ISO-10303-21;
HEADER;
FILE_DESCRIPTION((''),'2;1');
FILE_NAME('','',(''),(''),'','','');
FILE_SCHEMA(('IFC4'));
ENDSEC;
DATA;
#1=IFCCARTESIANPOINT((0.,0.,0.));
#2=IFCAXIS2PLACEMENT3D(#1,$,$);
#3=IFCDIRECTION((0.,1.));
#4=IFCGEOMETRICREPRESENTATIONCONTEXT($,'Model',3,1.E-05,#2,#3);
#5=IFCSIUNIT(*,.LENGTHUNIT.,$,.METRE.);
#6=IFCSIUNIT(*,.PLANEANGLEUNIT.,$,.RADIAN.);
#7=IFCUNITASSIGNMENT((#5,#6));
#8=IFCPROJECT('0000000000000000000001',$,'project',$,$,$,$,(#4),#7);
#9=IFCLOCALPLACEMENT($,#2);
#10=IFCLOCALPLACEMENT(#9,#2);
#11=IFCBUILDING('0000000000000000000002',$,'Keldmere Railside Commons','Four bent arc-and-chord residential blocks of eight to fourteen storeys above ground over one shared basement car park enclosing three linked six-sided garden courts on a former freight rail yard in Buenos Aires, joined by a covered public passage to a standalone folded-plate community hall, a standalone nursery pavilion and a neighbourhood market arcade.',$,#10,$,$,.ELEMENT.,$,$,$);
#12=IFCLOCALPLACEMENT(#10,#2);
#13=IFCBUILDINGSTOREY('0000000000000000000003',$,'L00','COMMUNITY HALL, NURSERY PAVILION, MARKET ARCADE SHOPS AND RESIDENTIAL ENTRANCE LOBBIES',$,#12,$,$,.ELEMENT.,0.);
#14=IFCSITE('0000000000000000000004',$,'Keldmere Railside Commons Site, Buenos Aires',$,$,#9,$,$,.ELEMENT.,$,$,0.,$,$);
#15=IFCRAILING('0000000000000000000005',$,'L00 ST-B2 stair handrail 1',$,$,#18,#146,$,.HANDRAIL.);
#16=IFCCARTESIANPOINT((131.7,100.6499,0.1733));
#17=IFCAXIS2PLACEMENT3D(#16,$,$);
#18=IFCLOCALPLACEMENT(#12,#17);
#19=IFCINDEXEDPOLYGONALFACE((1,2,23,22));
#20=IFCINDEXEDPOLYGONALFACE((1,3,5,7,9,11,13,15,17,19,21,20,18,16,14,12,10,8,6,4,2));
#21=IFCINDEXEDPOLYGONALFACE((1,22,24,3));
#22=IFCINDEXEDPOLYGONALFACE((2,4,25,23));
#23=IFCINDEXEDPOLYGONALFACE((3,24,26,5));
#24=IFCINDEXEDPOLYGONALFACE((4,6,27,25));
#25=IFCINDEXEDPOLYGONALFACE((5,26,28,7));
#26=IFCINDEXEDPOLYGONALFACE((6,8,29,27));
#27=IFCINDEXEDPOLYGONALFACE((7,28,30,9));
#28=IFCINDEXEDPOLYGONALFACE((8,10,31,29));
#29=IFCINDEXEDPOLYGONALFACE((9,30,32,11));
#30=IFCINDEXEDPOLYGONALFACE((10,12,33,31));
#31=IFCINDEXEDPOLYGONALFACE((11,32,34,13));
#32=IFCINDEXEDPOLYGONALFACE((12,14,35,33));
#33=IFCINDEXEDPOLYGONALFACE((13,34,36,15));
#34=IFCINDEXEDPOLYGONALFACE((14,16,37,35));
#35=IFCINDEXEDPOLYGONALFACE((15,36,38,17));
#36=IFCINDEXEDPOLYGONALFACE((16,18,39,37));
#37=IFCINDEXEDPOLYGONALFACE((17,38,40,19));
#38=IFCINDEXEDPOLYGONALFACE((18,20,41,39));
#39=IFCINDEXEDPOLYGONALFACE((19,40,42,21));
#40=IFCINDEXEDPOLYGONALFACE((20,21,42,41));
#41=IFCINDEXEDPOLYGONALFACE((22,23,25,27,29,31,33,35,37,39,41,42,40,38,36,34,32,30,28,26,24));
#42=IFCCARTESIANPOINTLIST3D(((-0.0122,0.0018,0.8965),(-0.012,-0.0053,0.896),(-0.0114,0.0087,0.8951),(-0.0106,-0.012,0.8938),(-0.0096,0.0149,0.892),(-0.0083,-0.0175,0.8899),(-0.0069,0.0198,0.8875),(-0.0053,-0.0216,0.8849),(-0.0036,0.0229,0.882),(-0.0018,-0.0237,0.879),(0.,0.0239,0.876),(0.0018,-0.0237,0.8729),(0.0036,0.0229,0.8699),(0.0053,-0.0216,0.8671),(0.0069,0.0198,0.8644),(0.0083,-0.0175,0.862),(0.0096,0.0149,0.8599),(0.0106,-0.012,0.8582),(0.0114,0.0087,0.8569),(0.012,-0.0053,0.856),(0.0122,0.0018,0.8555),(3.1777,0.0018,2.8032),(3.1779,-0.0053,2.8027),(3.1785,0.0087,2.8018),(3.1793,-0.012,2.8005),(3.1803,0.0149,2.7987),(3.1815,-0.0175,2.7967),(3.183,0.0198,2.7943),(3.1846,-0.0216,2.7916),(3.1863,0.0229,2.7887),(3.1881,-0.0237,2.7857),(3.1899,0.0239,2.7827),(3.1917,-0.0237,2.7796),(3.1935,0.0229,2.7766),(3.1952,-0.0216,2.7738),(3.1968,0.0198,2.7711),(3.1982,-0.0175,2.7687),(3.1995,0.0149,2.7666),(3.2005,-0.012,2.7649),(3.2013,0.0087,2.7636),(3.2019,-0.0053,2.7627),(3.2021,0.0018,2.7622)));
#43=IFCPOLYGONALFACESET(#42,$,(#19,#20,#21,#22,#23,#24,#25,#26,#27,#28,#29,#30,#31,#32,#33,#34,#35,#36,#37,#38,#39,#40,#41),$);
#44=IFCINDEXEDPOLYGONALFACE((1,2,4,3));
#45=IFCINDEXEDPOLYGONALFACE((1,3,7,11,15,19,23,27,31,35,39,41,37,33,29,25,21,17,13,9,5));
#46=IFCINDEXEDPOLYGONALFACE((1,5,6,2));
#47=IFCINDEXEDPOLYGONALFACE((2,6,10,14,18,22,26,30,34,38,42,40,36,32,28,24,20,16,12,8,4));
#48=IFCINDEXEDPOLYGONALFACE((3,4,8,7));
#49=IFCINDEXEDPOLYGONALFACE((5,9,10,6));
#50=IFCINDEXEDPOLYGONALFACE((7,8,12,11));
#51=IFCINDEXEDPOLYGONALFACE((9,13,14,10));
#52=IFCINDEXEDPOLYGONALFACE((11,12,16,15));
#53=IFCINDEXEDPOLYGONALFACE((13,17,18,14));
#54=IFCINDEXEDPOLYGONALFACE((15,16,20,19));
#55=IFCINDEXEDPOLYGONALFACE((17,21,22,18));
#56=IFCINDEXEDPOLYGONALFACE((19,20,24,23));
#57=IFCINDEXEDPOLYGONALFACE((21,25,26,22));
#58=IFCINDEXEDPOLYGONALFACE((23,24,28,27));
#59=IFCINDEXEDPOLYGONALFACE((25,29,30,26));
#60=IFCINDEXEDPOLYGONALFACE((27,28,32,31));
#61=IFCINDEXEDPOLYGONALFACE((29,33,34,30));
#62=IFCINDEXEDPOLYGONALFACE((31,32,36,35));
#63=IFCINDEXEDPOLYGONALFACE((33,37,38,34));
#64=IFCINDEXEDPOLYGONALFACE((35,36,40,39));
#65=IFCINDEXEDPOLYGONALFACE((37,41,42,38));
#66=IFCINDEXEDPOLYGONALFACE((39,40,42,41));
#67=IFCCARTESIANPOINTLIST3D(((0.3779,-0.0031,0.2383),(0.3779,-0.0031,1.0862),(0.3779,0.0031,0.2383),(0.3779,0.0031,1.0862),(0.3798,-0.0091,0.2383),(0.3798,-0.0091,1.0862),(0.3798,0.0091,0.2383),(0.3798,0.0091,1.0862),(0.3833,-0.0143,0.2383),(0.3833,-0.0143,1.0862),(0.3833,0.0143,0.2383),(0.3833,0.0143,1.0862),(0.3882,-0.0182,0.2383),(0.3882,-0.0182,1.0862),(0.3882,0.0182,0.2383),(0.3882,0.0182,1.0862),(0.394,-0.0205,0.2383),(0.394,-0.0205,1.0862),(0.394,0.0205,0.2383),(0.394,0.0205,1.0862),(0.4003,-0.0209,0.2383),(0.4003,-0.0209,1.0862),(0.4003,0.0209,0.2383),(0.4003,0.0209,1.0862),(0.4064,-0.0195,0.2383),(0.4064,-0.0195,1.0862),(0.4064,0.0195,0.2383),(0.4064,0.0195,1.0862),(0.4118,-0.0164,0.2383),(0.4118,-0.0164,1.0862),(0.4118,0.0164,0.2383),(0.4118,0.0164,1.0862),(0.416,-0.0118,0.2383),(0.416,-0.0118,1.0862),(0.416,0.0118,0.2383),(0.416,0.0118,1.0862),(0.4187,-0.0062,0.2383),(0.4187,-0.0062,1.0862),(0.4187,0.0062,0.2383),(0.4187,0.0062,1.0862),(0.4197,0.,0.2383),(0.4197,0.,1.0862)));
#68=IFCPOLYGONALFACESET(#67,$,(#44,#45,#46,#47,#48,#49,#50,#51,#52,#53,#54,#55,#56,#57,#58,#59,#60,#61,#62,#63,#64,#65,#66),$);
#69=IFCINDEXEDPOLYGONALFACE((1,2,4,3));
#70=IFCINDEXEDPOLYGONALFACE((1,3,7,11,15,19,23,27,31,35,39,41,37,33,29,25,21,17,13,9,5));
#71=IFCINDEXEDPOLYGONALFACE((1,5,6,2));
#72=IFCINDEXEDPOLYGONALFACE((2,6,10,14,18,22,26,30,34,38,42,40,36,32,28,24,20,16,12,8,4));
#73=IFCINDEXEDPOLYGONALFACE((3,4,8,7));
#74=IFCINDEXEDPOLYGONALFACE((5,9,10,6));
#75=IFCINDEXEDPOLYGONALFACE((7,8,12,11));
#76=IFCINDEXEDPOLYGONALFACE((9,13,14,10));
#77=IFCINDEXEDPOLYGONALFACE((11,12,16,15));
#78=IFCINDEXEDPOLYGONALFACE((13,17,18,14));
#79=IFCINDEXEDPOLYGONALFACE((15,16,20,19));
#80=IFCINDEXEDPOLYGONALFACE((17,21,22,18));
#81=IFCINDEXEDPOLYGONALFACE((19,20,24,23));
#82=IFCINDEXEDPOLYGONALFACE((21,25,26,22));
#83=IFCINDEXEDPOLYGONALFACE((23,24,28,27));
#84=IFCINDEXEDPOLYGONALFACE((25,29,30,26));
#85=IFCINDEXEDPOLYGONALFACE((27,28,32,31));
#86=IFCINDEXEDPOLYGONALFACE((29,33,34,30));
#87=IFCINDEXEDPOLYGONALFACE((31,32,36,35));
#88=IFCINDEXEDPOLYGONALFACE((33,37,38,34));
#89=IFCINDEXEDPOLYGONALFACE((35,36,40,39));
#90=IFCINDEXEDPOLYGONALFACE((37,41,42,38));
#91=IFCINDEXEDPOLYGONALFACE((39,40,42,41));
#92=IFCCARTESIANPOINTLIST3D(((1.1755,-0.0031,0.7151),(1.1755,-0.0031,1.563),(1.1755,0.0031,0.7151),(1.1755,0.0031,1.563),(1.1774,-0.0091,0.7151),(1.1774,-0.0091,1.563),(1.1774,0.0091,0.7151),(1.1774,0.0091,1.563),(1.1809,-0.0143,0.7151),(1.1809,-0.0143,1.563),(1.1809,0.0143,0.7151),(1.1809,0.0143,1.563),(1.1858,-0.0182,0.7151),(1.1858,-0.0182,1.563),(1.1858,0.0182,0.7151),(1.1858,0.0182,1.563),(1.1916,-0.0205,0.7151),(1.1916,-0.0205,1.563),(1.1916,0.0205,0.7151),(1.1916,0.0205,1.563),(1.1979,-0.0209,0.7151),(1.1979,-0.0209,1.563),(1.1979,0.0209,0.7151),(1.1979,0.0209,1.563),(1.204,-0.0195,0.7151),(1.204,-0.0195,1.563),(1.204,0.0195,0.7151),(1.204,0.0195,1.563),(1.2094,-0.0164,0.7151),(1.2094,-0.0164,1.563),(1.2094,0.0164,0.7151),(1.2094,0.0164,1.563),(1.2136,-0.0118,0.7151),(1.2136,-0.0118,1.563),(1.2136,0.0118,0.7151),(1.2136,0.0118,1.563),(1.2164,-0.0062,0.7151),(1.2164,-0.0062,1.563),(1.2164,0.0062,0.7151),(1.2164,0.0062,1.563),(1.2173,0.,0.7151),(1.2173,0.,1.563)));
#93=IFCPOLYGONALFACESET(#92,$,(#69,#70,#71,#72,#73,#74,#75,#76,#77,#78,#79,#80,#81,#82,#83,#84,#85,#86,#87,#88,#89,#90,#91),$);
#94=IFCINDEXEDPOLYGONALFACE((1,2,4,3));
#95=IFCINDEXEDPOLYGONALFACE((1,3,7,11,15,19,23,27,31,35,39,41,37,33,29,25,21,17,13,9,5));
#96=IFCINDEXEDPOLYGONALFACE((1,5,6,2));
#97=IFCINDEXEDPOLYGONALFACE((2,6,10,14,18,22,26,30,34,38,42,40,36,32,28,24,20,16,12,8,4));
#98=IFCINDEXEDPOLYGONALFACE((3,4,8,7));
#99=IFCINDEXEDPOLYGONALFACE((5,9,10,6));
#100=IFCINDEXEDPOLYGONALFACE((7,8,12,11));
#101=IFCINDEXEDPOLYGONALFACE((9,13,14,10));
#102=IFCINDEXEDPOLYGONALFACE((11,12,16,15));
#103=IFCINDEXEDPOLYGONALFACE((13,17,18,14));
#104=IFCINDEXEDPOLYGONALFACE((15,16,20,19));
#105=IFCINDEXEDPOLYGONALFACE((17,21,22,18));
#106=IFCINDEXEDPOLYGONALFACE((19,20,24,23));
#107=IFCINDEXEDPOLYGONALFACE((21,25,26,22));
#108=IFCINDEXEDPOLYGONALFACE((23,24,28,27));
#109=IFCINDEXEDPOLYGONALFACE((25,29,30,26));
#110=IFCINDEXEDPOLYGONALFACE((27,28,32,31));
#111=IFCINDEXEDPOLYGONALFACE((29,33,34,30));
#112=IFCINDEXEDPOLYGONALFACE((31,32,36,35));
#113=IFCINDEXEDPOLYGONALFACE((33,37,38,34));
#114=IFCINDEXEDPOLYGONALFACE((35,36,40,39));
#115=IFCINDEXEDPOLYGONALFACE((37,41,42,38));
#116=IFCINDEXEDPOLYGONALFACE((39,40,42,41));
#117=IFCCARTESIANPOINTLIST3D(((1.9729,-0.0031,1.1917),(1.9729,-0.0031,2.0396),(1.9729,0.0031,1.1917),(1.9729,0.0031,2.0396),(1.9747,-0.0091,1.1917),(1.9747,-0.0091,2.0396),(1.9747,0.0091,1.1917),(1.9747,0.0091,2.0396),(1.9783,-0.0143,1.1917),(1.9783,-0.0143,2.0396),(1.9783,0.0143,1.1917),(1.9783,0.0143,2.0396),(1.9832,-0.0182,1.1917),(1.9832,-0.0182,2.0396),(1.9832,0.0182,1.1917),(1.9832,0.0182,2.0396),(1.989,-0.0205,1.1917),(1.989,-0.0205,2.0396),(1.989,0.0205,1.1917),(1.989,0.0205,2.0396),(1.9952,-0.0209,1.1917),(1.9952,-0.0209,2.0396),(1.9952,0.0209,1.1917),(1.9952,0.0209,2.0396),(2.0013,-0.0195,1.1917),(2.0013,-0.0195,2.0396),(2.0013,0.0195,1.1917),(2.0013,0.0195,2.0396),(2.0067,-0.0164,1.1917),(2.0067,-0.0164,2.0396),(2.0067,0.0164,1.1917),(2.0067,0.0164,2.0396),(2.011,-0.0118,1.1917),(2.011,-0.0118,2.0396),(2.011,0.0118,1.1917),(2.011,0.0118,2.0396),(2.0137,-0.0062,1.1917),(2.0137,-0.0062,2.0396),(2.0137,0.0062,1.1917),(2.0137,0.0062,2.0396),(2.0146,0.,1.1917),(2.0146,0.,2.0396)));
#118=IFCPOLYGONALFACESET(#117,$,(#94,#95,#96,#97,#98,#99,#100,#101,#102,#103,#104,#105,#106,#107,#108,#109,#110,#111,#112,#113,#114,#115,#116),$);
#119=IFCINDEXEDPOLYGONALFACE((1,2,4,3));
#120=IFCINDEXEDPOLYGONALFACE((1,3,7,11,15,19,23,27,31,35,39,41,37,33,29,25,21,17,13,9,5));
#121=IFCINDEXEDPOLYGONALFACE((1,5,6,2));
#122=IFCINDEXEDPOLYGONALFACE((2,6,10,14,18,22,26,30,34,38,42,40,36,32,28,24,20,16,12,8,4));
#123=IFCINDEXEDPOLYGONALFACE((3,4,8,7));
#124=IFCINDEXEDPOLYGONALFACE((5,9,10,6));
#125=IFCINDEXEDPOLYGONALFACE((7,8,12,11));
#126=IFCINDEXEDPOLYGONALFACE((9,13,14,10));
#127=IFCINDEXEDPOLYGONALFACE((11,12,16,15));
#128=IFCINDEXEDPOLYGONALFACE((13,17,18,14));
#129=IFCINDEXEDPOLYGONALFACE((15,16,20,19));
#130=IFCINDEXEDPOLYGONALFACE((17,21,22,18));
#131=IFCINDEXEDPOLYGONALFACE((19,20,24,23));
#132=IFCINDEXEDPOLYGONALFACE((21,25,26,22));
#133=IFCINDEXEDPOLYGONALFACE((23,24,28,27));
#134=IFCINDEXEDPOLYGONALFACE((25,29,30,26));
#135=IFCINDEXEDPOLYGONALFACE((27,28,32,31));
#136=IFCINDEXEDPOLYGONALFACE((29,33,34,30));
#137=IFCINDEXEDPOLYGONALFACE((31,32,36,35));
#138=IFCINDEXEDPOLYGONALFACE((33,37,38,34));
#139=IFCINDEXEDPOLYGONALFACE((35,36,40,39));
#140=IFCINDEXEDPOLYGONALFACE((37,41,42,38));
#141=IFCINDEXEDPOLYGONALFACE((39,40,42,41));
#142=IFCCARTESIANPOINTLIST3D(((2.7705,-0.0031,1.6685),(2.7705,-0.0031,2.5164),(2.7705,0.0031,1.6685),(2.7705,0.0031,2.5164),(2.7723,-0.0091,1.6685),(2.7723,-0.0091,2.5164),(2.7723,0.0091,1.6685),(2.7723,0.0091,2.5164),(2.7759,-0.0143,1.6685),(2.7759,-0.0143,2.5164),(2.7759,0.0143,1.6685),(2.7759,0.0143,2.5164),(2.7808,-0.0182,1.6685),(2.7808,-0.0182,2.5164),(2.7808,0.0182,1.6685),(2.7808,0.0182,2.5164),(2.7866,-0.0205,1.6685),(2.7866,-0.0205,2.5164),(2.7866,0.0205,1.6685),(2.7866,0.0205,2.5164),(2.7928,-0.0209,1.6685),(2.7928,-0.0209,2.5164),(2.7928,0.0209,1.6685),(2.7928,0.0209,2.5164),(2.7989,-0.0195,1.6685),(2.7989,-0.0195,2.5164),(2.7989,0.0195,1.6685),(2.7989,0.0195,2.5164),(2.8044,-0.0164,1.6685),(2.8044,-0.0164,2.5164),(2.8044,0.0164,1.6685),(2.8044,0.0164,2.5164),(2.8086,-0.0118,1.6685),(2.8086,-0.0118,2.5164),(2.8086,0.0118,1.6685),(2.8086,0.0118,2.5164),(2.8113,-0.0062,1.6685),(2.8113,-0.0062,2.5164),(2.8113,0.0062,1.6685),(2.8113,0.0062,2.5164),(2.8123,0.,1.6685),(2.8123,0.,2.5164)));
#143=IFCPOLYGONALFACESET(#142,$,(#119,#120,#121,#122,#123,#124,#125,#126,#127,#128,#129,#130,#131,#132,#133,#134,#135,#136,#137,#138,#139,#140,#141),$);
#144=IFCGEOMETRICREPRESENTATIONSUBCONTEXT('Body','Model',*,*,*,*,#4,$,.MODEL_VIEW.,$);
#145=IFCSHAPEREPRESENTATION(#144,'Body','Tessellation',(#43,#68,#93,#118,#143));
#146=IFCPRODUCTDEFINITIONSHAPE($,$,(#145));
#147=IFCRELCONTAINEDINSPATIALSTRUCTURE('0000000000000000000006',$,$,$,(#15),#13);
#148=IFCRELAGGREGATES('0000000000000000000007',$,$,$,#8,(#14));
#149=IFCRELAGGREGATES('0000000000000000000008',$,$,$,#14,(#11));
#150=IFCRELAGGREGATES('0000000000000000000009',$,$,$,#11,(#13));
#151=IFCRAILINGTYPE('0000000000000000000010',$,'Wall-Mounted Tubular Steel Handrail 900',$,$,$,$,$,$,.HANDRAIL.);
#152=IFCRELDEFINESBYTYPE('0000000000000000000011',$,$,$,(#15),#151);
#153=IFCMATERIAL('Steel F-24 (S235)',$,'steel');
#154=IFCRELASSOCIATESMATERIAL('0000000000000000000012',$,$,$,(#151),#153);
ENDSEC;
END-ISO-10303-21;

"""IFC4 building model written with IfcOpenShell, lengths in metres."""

from ifc_helpers import new_model, si_unit, direction, frame, origin, origin_2d, place, context, subcontext, project, spatial, circle, extrude, material, type_object, element, save


model = new_model("IFC4")

# Units and contexts
model_context = context("Model", 3, precision=1e-05, world=origin(), true_north=direction((0.0, 1.0)))
body_context = subcontext(model_context, "Body", "Model", "MODEL_VIEW")
ifc_project = project(units=[si_unit("LENGTHUNIT", "METRE"), si_unit("PLANEANGLEUNIT", "RADIAN")], contexts=[model_context])

# Site, building, storey
site_placement = place(None, origin())
site = spatial("IfcSite", under=ifc_project, at=site_placement, Name="Keldmere Railside Commons Site, Buenos Aires", CompositionType="ELEMENT", RefElevation=0.0)
building_placement = place(site_placement, origin())
building = spatial("IfcBuilding", under=site, at=building_placement, Name="Keldmere Railside Commons", Description="Four bent arc-and-chord residential blocks of eight to fourteen storeys above ground over one shared basement car park enclosing three linked six-sided garden courts on a former freight rail yard in Buenos Aires, joined by a covered public passage to a standalone folded-plate community hall, a standalone nursery pavilion and a neighbourhood market arcade.", CompositionType="ELEMENT")
storey_placement = place(building_placement, origin())
storey = spatial("IfcBuildingStorey", under=building, at=storey_placement, Name="L00", Description="COMMUNITY HALL, NURSERY PAVILION, MARKET ARCADE SHOPS AND RESIDENTIAL ENTRANCE LOBBIES", CompositionType="ELEMENT", Elevation=0.0)

# Railing
ifc_material_1 = material(Name="Steel F-24 (S235)", Category="steel")
railing_type_1 = type_object("IfcRailingType", Name="Wall-Mounted Tubular Steel Handrail 900", PredefinedType="HANDRAIL", material=ifc_material_1)
railing_1_placement = place(storey_placement, frame((131.7, 100.6499, 0.1733)))
element("IfcRailing", 1, at=railing_1_placement, inside=storey, type_object=railing_type_1, Name="L00 ST-B2 stair handrail 1", PredefinedType="HANDRAIL", context=body_context, shape_type="SweptSolid", body=[
    extrude(circle(Radius=0.0239, at=origin_2d()), frame((0.0, 0.0, 0.876), z_axis=(0.85835, 0.0, 0.513065), x_axis=(0.0, 1.0, 0.0)), (0.0, 0.0, 1.0), 3.7163),
    extrude(circle(Radius=0.021, at=origin_2d()), frame((0.3987, 0.0, 0.2383)), (0.0, 0.0, 1.0), 0.8479),
    extrude(circle(Radius=0.021, at=origin_2d()), frame((1.1963, 0.0, 0.7151)), (0.0, 0.0, 1.0), 0.8479),
    extrude(circle(Radius=0.021, at=origin_2d()), frame((1.9937, 0.0, 1.1917)), (0.0, 0.0, 1.0), 0.8479),
    extrude(circle(Radius=0.021, at=origin_2d()), frame((2.7913, 0.0, 1.6685)), (0.0, 0.0, 1.0), 0.8479),
])

save(model, "model.ifc")
